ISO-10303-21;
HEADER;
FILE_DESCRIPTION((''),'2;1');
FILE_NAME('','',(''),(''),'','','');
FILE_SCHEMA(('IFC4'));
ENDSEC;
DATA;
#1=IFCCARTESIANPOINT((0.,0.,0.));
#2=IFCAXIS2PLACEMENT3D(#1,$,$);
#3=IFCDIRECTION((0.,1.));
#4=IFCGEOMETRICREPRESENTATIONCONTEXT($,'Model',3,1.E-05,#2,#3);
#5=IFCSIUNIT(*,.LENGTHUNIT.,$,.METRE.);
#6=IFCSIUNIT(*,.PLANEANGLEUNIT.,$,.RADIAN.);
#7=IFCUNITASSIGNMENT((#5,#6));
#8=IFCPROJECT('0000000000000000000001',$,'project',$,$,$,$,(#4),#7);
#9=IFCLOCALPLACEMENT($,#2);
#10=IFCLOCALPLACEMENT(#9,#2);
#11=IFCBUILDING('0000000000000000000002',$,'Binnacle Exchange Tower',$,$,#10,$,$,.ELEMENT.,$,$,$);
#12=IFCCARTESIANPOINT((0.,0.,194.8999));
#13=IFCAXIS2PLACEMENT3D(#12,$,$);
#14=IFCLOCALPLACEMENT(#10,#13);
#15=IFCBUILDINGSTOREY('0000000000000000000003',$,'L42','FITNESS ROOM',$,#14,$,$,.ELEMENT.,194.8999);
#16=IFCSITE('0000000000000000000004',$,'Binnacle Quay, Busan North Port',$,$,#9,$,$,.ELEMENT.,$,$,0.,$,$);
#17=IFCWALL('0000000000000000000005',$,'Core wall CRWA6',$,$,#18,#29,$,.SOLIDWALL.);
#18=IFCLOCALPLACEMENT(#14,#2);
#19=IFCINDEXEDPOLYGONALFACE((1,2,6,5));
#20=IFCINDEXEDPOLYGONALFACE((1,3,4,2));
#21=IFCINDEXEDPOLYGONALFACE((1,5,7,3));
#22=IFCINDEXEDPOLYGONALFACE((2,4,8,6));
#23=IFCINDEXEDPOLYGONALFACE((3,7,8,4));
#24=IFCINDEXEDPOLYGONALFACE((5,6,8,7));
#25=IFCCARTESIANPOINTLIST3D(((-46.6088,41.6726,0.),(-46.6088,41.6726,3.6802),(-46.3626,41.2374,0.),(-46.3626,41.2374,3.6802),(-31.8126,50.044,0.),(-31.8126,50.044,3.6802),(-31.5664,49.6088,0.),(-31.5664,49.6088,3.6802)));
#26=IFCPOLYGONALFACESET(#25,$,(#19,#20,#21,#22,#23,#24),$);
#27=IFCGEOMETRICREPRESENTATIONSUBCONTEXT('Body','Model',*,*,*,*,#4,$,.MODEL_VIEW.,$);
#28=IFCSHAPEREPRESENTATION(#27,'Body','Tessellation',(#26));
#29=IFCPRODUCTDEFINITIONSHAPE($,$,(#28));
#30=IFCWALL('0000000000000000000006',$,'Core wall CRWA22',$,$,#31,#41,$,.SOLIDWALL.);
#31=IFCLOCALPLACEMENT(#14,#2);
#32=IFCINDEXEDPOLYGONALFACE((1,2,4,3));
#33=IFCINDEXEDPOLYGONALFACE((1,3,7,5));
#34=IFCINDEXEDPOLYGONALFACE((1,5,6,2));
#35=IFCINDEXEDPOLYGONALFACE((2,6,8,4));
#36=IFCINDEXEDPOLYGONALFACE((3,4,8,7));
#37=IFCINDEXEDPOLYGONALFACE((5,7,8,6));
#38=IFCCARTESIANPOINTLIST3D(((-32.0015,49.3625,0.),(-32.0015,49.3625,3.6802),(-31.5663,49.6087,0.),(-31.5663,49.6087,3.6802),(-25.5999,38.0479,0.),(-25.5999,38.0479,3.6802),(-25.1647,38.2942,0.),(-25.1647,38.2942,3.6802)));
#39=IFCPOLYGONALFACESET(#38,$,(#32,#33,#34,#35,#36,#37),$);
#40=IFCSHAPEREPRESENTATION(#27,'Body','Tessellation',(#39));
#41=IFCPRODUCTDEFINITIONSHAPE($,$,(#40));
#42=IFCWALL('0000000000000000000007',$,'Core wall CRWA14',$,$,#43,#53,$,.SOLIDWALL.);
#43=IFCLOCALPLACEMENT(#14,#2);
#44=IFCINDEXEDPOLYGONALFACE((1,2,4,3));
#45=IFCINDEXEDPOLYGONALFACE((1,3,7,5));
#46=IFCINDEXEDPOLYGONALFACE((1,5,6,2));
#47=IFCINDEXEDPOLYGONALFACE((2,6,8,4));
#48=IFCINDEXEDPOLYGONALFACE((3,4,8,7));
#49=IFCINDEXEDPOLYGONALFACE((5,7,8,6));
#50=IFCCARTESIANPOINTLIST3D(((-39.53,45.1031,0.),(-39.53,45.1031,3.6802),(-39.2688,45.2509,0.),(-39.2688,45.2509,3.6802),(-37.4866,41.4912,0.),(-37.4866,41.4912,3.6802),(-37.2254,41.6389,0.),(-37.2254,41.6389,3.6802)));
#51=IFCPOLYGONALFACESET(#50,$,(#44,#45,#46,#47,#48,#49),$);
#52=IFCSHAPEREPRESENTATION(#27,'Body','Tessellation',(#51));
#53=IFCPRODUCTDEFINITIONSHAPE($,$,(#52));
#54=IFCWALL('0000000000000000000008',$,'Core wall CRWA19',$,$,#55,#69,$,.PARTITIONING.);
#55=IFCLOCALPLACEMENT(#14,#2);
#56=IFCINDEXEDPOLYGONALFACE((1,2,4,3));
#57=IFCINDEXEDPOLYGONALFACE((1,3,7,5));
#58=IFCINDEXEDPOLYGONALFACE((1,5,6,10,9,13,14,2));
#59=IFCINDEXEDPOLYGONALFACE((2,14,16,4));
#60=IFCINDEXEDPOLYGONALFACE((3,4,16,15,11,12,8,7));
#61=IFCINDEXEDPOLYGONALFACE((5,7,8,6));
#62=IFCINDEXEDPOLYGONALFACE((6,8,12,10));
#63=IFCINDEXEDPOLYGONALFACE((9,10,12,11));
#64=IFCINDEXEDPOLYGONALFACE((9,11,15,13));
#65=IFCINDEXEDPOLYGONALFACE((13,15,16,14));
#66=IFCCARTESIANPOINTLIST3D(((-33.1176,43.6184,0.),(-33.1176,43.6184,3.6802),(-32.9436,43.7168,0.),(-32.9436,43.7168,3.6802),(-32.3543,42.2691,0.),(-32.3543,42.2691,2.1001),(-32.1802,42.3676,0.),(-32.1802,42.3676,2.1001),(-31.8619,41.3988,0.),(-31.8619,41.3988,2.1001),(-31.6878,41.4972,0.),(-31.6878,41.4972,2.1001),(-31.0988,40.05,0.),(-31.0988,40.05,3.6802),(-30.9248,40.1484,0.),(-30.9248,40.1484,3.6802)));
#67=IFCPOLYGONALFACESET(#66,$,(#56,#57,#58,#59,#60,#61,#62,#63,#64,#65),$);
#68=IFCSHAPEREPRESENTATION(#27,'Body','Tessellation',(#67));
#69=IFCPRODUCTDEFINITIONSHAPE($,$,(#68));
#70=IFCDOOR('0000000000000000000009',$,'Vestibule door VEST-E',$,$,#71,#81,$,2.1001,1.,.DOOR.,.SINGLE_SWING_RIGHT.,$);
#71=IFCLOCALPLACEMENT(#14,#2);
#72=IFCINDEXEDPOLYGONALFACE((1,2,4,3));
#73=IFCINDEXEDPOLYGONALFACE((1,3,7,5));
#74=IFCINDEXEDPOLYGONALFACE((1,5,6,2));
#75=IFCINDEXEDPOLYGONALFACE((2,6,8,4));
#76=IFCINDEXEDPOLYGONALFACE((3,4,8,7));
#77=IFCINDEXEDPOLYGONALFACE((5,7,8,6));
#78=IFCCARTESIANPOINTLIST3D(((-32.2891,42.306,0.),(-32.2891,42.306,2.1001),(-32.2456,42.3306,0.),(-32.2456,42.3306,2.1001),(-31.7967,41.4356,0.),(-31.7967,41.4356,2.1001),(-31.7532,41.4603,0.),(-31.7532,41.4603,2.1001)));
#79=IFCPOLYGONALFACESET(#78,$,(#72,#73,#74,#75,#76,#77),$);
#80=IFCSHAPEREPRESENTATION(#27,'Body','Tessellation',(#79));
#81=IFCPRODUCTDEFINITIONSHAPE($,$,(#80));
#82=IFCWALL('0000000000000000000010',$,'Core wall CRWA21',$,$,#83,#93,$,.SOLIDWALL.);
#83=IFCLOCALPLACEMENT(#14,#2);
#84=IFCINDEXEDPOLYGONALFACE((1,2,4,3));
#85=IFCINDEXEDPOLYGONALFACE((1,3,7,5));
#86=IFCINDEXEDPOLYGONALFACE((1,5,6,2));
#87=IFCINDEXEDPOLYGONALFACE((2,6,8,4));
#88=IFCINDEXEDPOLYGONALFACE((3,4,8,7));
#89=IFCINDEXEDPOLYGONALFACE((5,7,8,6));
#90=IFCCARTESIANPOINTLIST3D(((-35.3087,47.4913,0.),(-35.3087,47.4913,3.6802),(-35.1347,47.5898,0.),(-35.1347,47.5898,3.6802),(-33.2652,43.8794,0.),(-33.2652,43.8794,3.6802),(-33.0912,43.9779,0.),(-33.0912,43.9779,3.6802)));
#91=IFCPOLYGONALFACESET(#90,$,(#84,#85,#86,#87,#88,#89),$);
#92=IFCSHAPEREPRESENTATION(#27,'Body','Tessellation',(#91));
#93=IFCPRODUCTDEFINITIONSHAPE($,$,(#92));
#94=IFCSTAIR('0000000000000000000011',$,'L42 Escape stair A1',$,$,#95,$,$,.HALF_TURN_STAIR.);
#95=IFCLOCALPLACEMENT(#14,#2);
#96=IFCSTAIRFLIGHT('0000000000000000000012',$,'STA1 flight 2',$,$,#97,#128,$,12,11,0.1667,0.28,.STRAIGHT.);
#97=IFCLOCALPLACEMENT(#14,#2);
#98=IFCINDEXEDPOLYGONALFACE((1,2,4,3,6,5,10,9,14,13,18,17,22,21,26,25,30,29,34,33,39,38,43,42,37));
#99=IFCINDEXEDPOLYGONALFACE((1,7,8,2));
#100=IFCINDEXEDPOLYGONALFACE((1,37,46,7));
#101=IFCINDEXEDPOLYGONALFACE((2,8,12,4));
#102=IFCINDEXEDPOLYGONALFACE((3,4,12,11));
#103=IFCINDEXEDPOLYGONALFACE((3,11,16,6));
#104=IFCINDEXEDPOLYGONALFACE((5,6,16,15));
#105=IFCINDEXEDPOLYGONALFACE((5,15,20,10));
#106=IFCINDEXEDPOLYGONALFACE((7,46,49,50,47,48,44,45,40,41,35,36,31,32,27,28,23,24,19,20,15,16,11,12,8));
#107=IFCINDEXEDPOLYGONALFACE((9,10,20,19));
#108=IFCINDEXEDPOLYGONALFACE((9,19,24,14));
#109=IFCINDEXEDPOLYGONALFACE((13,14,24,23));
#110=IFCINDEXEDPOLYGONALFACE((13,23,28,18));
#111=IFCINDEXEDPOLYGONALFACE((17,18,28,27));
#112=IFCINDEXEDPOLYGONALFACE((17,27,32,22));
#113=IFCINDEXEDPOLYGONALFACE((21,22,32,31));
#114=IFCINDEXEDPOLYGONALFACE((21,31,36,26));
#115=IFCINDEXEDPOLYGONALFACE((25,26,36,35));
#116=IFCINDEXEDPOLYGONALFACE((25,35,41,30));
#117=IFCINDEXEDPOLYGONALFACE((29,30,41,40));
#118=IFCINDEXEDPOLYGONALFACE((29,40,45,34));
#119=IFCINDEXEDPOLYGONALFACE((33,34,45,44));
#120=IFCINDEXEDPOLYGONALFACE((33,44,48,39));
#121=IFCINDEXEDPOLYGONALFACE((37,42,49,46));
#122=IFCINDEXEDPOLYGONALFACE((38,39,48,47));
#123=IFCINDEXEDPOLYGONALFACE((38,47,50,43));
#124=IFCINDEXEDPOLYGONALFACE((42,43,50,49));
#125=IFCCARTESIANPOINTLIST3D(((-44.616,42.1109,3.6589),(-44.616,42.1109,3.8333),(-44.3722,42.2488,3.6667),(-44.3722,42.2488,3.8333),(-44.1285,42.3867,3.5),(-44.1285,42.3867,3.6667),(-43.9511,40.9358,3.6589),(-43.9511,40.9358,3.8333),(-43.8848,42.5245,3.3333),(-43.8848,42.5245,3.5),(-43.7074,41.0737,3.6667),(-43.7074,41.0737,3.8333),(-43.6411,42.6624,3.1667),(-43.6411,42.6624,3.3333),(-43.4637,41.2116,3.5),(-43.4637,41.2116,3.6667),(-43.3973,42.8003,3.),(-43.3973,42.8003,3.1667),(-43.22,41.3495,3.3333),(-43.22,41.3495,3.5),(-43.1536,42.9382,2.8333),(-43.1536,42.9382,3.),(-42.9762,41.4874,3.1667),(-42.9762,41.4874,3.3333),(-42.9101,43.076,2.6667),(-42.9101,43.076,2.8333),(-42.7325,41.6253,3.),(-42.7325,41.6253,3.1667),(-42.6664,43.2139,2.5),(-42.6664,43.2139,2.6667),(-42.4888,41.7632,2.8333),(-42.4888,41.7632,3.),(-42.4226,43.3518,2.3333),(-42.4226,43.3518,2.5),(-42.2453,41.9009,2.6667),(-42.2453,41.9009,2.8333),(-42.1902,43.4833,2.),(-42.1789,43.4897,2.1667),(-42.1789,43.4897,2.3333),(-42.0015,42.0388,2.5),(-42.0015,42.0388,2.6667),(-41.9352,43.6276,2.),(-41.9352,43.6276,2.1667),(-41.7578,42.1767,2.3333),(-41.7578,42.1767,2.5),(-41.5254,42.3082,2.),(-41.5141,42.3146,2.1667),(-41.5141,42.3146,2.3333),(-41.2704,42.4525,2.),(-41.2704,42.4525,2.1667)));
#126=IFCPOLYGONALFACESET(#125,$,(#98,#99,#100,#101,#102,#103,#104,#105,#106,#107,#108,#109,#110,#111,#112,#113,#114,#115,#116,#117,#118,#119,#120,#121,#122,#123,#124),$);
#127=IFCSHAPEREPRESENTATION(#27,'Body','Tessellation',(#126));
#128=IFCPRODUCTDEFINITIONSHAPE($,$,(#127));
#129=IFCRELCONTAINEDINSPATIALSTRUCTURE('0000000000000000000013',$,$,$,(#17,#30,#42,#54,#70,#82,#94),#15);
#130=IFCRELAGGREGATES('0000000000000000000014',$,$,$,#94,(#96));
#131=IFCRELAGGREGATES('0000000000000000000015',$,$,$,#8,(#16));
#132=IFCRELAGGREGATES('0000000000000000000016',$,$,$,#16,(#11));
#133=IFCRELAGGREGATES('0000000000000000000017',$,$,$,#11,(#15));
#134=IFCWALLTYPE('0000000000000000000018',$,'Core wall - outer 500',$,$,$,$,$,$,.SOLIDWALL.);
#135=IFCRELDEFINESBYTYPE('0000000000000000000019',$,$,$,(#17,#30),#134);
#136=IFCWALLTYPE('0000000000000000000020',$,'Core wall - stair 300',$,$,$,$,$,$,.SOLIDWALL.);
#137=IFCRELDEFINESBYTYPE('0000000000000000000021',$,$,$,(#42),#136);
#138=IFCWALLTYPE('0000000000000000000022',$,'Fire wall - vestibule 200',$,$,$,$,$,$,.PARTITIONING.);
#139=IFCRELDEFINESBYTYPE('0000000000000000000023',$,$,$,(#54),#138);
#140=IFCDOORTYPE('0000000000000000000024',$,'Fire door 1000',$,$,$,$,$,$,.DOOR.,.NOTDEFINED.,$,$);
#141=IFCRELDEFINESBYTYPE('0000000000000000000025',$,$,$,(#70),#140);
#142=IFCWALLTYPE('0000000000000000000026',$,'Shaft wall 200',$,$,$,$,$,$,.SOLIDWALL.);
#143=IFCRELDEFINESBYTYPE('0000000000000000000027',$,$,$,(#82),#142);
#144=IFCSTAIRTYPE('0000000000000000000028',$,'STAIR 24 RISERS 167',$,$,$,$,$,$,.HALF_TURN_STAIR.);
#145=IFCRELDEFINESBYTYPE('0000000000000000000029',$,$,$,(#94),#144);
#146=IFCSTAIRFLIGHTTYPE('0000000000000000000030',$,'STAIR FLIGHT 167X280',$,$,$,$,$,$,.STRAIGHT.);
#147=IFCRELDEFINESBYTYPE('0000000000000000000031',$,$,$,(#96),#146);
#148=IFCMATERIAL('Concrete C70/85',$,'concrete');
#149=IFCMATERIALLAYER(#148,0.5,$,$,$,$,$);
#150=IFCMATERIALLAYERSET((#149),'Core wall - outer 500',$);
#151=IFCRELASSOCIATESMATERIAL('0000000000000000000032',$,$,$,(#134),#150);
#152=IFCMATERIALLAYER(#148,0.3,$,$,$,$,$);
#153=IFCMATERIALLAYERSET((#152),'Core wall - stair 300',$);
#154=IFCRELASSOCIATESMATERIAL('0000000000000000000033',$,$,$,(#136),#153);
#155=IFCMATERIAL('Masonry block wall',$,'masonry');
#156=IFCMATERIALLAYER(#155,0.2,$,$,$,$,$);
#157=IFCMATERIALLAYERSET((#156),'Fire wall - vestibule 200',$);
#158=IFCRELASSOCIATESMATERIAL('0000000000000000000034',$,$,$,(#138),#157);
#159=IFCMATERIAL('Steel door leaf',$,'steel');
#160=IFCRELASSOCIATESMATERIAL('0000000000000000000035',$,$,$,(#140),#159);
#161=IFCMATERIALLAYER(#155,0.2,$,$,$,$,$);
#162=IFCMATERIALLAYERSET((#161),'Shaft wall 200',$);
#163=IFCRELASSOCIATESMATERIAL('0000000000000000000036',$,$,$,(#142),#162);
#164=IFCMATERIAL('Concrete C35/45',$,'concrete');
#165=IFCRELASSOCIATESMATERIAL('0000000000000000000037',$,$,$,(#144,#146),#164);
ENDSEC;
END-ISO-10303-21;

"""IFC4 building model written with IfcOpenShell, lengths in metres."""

from ifc_helpers import new_model, si_unit, direction, frame, frame_2d, origin, place, context, subcontext, project, spatial, polyline, rectangle, outline, extrude, material, layer, layer_set, type_object, element, fill, aggregate, save


model = new_model("IFC4")

# Units and contexts
model_context = context("Model", 3, precision=1e-05, world=origin(), true_north=direction((0.0, 1.0)))
body_context = subcontext(model_context, "Body", "Model", "MODEL_VIEW")
ifc_project = project(units=[si_unit("LENGTHUNIT", "METRE"), si_unit("PLANEANGLEUNIT", "RADIAN")], contexts=[model_context])

# Site, building, storey
site_placement = place(None, origin())
site = spatial("IfcSite", under=ifc_project, at=site_placement, Name="Binnacle Quay, Busan North Port", CompositionType="ELEMENT", RefElevation=0.0)
building_placement = place(site_placement, origin())
building = spatial("IfcBuilding", under=site, at=building_placement, Name="Binnacle Exchange Tower", CompositionType="ELEMENT")
storey_placement = place(building_placement, frame((0.0, 0.0, 194.8999)))
storey = spatial("IfcBuildingStorey", under=building, at=storey_placement, Name="L42", Description="FITNESS ROOM", CompositionType="ELEMENT", Elevation=194.8999)

# Shared definitions
ifc_material_1 = material(Name="Concrete C70/85", Category="concrete")

# Walls
ifc_layer_1 = layer(ifc_material_1, 0.5)
ifc_layer_set_1 = layer_set([ifc_layer_1], Name="Core wall - outer 500")
wall_type_1 = type_object("IfcWallType", Name="Core wall - outer 500", PredefinedType="SOLIDWALL", material=ifc_layer_set_1)
wall_1_placement = place(storey_placement, frame((-46.4856, 41.4551, 0.0), z_axis=(0.0, 0.0, 1.0), x_axis=(0.870354, 0.492427, 0.0)))
element("IfcWall", 1, at=wall_1_placement, inside=storey, type_object=wall_type_1, Name="Core wall CRWA6", PredefinedType="SOLIDWALL", context=body_context, shape_type="SweptSolid", body=[
    extrude(rectangle(XDim=17.0002, YDim=0.5, at=frame_2d((8.5, 0.0))), origin(), (0.0, 0.0, 1.0), 3.6802),
])
wall_2_placement = place(storey_placement, frame((-31.7839, 49.4856, 0.0), z_axis=(0.0, 0.0, 1.0), x_axis=(0.492435, -0.870349, 0.0)))
element("IfcWall", 2, at=wall_2_placement, inside=storey, type_object=wall_type_1, Name="Core wall CRWA22", PredefinedType="SOLIDWALL", context=body_context, shape_type="SweptSolid", body=[
    extrude(rectangle(XDim=13.0, YDim=0.5, at=frame_2d((6.5, 0.0))), origin(), (0.0, 0.0, 1.0), 3.6802),
])
ifc_layer_2 = layer(ifc_material_1, 0.3)
ifc_layer_set_2 = layer_set([ifc_layer_2], Name="Core wall - stair 300")
wall_type_2 = type_object("IfcWallType", Name="Core wall - stair 300", PredefinedType="SOLIDWALL", material=ifc_layer_set_2)
wall_3_placement = place(storey_placement, frame((-39.3994, 45.177, 0.0), z_axis=(0.0, 0.0, 1.0), x_axis=(0.492396, -0.870371, 0.0)))
element("IfcWall", 3, at=wall_3_placement, inside=storey, type_object=wall_type_2, Name="Core wall CRWA14", PredefinedType="SOLIDWALL", context=body_context, shape_type="SweptSolid", body=[
    extrude(rectangle(XDim=4.1499, YDim=0.3, at=frame_2d((2.075, 0.0))), origin(), (0.0, 0.0, 1.0), 3.6802),
])

# Wall, opening, door
ifc_material_2 = material(Name="Masonry block wall", Category="masonry")
ifc_layer_3 = layer(ifc_material_2, 0.2)
ifc_layer_set_3 = layer_set([ifc_layer_3], Name="Fire wall - vestibule 200")
wall_type_3 = type_object("IfcWallType", Name="Fire wall - vestibule 200", PredefinedType="PARTITIONING", material=ifc_layer_set_3)
wall_4_placement = place(storey_placement, frame((-33.0305, 43.6675, 0.0), z_axis=(0.0, 0.0, 1.0), x_axis=(0.492408, -0.870364, 0.0)))
wall_4 = element("IfcWall", 4, at=wall_4_placement, inside=storey, type_object=wall_type_3, Name="Core wall CRWA19", PredefinedType="PARTITIONING", context=body_context, shape_type="SweptSolid", body=[
    extrude(rectangle(XDim=4.0999, YDim=0.2, at=frame_2d((2.0498, 0.0))), origin(), (0.0, 0.0, 1.0), 3.6802),
])
opening_placement = place(wall_4_placement, frame((1.55, 0.0, 0.0)))
opening = element("IfcOpeningElement", 5, at=opening_placement, cuts=wall_4, PredefinedType="OPENING", context=body_context, shape_type="SweptSolid", body=[
    extrude(rectangle(XDim=1.0, YDim=2.1001, at=frame_2d((0.5, 1.05))), frame((0.0, 0.1099, 0.0), z_axis=(0.0, -1.0, 0.0), x_axis=(1.0, 0.0, 0.0)), (0.0, 0.0, 1.0), 0.22),
])
ifc_material_3 = material(Name="Steel door leaf", Category="steel")
door_type = type_object("IfcDoorType", Name="Fire door 1000", OperationType="NOTDEFINED", PredefinedType="DOOR", material=ifc_material_3)
door_placement = place(opening_placement, origin())
door = element("IfcDoor", 6, at=door_placement, inside=storey, type_object=door_type, Name="Vestibule door VEST-E", OperationType="SINGLE_SWING_RIGHT", OverallHeight=2.1001, OverallWidth=1.0, PredefinedType="DOOR", context=body_context, shape_type="SweptSolid", body=[
    extrude(rectangle(XDim=1.0, YDim=2.1001, at=frame_2d((0.5, 1.05))), frame((0.0, 0.0249, 0.0), z_axis=(0.0, -1.0, 0.0), x_axis=(1.0, 0.0, 0.0)), (0.0, 0.0, 1.0), 0.05),
])
fill(opening, door)

# Wall
ifc_layer_4 = layer(ifc_material_2, 0.2)
ifc_layer_set_4 = layer_set([ifc_layer_4], Name="Shaft wall 200")
wall_type_4 = type_object("IfcWallType", Name="Shaft wall 200", PredefinedType="SOLIDWALL", material=ifc_layer_set_4)
wall_5_placement = place(storey_placement, frame((-35.2217, 47.5405, 0.0), z_axis=(0.0, 0.0, 1.0), x_axis=(0.492422, -0.870357, 0.0)))
element("IfcWall", 7, at=wall_5_placement, inside=storey, type_object=wall_type_4, Name="Core wall CRWA21", PredefinedType="SOLIDWALL", context=body_context, shape_type="SweptSolid", body=[
    extrude(rectangle(XDim=4.1499, YDim=0.2, at=frame_2d((2.075, 0.0))), origin(), (0.0, 0.0, 1.0), 3.6802),
])

# Stair, stair flight
ifc_material_4 = material(Name="Concrete C35/45", Category="concrete")
stair_type = type_object("IfcStairType", Name="STAIR 24 RISERS 167", PredefinedType="HALF_TURN_STAIR", material=ifc_material_4)
stair_placement = place(storey_placement, origin())
stair = element("IfcStair", 8, at=stair_placement, inside=storey, type_object=stair_type, Name="L42 Escape stair A1", PredefinedType="HALF_TURN_STAIR")
stair_flight_type = type_object("IfcStairFlightType", Name="STAIR FLIGHT 167X280", PredefinedType="STRAIGHT", material=ifc_material_4)
stair_flight_placement = place(storey_placement, frame((-41.6028, 43.04, 2.0), z_axis=(0.0, 0.0, 1.0), x_axis=(-0.870356, -0.492424, 0.0)))
stair_flight = element("IfcStairFlight", 9, at=stair_flight_placement, type_object=stair_flight_type, Name="STA1 flight 2", NumberOfRisers=12, NumberOfTreads=11, PredefinedType="STRAIGHT", RiserHeight=0.1667, TreadLength=0.28, context=body_context, shape_type="SweptSolid", body=[
    extrude(outline(polyline([(0.0, 0.0), (0.0, 0.1667), (0.28, 0.1667), (0.28, 0.3333), (0.5601, 0.3333), (0.5601, 0.5), (0.8401, 0.5), (0.8401, 0.6667), (1.1201, 0.6667), (1.1201, 0.8333), (1.3999, 0.8333), (1.3999, 1.0), (1.6799, 1.0), (1.6799, 1.1667), (1.96, 1.1667), (1.96, 1.3333), (2.24, 1.3333), (2.24, 1.5), (2.52, 1.5), (2.52, 1.6667), (2.8, 1.6667), (2.8, 1.8333), (3.0801, 1.8333), (3.0801, 2.0), (3.0801, 1.6589), (0.293, 0.0), (0.0, 0.0)])), frame((0.0, 0.675, 0.0), z_axis=(0.0, -1.0, 0.0), x_axis=(1.0, 0.0, 0.0)), (0.0, 0.0, 1.0), 1.3501),
])
aggregate(stair, [stair_flight])

save(model, "model.ifc")
